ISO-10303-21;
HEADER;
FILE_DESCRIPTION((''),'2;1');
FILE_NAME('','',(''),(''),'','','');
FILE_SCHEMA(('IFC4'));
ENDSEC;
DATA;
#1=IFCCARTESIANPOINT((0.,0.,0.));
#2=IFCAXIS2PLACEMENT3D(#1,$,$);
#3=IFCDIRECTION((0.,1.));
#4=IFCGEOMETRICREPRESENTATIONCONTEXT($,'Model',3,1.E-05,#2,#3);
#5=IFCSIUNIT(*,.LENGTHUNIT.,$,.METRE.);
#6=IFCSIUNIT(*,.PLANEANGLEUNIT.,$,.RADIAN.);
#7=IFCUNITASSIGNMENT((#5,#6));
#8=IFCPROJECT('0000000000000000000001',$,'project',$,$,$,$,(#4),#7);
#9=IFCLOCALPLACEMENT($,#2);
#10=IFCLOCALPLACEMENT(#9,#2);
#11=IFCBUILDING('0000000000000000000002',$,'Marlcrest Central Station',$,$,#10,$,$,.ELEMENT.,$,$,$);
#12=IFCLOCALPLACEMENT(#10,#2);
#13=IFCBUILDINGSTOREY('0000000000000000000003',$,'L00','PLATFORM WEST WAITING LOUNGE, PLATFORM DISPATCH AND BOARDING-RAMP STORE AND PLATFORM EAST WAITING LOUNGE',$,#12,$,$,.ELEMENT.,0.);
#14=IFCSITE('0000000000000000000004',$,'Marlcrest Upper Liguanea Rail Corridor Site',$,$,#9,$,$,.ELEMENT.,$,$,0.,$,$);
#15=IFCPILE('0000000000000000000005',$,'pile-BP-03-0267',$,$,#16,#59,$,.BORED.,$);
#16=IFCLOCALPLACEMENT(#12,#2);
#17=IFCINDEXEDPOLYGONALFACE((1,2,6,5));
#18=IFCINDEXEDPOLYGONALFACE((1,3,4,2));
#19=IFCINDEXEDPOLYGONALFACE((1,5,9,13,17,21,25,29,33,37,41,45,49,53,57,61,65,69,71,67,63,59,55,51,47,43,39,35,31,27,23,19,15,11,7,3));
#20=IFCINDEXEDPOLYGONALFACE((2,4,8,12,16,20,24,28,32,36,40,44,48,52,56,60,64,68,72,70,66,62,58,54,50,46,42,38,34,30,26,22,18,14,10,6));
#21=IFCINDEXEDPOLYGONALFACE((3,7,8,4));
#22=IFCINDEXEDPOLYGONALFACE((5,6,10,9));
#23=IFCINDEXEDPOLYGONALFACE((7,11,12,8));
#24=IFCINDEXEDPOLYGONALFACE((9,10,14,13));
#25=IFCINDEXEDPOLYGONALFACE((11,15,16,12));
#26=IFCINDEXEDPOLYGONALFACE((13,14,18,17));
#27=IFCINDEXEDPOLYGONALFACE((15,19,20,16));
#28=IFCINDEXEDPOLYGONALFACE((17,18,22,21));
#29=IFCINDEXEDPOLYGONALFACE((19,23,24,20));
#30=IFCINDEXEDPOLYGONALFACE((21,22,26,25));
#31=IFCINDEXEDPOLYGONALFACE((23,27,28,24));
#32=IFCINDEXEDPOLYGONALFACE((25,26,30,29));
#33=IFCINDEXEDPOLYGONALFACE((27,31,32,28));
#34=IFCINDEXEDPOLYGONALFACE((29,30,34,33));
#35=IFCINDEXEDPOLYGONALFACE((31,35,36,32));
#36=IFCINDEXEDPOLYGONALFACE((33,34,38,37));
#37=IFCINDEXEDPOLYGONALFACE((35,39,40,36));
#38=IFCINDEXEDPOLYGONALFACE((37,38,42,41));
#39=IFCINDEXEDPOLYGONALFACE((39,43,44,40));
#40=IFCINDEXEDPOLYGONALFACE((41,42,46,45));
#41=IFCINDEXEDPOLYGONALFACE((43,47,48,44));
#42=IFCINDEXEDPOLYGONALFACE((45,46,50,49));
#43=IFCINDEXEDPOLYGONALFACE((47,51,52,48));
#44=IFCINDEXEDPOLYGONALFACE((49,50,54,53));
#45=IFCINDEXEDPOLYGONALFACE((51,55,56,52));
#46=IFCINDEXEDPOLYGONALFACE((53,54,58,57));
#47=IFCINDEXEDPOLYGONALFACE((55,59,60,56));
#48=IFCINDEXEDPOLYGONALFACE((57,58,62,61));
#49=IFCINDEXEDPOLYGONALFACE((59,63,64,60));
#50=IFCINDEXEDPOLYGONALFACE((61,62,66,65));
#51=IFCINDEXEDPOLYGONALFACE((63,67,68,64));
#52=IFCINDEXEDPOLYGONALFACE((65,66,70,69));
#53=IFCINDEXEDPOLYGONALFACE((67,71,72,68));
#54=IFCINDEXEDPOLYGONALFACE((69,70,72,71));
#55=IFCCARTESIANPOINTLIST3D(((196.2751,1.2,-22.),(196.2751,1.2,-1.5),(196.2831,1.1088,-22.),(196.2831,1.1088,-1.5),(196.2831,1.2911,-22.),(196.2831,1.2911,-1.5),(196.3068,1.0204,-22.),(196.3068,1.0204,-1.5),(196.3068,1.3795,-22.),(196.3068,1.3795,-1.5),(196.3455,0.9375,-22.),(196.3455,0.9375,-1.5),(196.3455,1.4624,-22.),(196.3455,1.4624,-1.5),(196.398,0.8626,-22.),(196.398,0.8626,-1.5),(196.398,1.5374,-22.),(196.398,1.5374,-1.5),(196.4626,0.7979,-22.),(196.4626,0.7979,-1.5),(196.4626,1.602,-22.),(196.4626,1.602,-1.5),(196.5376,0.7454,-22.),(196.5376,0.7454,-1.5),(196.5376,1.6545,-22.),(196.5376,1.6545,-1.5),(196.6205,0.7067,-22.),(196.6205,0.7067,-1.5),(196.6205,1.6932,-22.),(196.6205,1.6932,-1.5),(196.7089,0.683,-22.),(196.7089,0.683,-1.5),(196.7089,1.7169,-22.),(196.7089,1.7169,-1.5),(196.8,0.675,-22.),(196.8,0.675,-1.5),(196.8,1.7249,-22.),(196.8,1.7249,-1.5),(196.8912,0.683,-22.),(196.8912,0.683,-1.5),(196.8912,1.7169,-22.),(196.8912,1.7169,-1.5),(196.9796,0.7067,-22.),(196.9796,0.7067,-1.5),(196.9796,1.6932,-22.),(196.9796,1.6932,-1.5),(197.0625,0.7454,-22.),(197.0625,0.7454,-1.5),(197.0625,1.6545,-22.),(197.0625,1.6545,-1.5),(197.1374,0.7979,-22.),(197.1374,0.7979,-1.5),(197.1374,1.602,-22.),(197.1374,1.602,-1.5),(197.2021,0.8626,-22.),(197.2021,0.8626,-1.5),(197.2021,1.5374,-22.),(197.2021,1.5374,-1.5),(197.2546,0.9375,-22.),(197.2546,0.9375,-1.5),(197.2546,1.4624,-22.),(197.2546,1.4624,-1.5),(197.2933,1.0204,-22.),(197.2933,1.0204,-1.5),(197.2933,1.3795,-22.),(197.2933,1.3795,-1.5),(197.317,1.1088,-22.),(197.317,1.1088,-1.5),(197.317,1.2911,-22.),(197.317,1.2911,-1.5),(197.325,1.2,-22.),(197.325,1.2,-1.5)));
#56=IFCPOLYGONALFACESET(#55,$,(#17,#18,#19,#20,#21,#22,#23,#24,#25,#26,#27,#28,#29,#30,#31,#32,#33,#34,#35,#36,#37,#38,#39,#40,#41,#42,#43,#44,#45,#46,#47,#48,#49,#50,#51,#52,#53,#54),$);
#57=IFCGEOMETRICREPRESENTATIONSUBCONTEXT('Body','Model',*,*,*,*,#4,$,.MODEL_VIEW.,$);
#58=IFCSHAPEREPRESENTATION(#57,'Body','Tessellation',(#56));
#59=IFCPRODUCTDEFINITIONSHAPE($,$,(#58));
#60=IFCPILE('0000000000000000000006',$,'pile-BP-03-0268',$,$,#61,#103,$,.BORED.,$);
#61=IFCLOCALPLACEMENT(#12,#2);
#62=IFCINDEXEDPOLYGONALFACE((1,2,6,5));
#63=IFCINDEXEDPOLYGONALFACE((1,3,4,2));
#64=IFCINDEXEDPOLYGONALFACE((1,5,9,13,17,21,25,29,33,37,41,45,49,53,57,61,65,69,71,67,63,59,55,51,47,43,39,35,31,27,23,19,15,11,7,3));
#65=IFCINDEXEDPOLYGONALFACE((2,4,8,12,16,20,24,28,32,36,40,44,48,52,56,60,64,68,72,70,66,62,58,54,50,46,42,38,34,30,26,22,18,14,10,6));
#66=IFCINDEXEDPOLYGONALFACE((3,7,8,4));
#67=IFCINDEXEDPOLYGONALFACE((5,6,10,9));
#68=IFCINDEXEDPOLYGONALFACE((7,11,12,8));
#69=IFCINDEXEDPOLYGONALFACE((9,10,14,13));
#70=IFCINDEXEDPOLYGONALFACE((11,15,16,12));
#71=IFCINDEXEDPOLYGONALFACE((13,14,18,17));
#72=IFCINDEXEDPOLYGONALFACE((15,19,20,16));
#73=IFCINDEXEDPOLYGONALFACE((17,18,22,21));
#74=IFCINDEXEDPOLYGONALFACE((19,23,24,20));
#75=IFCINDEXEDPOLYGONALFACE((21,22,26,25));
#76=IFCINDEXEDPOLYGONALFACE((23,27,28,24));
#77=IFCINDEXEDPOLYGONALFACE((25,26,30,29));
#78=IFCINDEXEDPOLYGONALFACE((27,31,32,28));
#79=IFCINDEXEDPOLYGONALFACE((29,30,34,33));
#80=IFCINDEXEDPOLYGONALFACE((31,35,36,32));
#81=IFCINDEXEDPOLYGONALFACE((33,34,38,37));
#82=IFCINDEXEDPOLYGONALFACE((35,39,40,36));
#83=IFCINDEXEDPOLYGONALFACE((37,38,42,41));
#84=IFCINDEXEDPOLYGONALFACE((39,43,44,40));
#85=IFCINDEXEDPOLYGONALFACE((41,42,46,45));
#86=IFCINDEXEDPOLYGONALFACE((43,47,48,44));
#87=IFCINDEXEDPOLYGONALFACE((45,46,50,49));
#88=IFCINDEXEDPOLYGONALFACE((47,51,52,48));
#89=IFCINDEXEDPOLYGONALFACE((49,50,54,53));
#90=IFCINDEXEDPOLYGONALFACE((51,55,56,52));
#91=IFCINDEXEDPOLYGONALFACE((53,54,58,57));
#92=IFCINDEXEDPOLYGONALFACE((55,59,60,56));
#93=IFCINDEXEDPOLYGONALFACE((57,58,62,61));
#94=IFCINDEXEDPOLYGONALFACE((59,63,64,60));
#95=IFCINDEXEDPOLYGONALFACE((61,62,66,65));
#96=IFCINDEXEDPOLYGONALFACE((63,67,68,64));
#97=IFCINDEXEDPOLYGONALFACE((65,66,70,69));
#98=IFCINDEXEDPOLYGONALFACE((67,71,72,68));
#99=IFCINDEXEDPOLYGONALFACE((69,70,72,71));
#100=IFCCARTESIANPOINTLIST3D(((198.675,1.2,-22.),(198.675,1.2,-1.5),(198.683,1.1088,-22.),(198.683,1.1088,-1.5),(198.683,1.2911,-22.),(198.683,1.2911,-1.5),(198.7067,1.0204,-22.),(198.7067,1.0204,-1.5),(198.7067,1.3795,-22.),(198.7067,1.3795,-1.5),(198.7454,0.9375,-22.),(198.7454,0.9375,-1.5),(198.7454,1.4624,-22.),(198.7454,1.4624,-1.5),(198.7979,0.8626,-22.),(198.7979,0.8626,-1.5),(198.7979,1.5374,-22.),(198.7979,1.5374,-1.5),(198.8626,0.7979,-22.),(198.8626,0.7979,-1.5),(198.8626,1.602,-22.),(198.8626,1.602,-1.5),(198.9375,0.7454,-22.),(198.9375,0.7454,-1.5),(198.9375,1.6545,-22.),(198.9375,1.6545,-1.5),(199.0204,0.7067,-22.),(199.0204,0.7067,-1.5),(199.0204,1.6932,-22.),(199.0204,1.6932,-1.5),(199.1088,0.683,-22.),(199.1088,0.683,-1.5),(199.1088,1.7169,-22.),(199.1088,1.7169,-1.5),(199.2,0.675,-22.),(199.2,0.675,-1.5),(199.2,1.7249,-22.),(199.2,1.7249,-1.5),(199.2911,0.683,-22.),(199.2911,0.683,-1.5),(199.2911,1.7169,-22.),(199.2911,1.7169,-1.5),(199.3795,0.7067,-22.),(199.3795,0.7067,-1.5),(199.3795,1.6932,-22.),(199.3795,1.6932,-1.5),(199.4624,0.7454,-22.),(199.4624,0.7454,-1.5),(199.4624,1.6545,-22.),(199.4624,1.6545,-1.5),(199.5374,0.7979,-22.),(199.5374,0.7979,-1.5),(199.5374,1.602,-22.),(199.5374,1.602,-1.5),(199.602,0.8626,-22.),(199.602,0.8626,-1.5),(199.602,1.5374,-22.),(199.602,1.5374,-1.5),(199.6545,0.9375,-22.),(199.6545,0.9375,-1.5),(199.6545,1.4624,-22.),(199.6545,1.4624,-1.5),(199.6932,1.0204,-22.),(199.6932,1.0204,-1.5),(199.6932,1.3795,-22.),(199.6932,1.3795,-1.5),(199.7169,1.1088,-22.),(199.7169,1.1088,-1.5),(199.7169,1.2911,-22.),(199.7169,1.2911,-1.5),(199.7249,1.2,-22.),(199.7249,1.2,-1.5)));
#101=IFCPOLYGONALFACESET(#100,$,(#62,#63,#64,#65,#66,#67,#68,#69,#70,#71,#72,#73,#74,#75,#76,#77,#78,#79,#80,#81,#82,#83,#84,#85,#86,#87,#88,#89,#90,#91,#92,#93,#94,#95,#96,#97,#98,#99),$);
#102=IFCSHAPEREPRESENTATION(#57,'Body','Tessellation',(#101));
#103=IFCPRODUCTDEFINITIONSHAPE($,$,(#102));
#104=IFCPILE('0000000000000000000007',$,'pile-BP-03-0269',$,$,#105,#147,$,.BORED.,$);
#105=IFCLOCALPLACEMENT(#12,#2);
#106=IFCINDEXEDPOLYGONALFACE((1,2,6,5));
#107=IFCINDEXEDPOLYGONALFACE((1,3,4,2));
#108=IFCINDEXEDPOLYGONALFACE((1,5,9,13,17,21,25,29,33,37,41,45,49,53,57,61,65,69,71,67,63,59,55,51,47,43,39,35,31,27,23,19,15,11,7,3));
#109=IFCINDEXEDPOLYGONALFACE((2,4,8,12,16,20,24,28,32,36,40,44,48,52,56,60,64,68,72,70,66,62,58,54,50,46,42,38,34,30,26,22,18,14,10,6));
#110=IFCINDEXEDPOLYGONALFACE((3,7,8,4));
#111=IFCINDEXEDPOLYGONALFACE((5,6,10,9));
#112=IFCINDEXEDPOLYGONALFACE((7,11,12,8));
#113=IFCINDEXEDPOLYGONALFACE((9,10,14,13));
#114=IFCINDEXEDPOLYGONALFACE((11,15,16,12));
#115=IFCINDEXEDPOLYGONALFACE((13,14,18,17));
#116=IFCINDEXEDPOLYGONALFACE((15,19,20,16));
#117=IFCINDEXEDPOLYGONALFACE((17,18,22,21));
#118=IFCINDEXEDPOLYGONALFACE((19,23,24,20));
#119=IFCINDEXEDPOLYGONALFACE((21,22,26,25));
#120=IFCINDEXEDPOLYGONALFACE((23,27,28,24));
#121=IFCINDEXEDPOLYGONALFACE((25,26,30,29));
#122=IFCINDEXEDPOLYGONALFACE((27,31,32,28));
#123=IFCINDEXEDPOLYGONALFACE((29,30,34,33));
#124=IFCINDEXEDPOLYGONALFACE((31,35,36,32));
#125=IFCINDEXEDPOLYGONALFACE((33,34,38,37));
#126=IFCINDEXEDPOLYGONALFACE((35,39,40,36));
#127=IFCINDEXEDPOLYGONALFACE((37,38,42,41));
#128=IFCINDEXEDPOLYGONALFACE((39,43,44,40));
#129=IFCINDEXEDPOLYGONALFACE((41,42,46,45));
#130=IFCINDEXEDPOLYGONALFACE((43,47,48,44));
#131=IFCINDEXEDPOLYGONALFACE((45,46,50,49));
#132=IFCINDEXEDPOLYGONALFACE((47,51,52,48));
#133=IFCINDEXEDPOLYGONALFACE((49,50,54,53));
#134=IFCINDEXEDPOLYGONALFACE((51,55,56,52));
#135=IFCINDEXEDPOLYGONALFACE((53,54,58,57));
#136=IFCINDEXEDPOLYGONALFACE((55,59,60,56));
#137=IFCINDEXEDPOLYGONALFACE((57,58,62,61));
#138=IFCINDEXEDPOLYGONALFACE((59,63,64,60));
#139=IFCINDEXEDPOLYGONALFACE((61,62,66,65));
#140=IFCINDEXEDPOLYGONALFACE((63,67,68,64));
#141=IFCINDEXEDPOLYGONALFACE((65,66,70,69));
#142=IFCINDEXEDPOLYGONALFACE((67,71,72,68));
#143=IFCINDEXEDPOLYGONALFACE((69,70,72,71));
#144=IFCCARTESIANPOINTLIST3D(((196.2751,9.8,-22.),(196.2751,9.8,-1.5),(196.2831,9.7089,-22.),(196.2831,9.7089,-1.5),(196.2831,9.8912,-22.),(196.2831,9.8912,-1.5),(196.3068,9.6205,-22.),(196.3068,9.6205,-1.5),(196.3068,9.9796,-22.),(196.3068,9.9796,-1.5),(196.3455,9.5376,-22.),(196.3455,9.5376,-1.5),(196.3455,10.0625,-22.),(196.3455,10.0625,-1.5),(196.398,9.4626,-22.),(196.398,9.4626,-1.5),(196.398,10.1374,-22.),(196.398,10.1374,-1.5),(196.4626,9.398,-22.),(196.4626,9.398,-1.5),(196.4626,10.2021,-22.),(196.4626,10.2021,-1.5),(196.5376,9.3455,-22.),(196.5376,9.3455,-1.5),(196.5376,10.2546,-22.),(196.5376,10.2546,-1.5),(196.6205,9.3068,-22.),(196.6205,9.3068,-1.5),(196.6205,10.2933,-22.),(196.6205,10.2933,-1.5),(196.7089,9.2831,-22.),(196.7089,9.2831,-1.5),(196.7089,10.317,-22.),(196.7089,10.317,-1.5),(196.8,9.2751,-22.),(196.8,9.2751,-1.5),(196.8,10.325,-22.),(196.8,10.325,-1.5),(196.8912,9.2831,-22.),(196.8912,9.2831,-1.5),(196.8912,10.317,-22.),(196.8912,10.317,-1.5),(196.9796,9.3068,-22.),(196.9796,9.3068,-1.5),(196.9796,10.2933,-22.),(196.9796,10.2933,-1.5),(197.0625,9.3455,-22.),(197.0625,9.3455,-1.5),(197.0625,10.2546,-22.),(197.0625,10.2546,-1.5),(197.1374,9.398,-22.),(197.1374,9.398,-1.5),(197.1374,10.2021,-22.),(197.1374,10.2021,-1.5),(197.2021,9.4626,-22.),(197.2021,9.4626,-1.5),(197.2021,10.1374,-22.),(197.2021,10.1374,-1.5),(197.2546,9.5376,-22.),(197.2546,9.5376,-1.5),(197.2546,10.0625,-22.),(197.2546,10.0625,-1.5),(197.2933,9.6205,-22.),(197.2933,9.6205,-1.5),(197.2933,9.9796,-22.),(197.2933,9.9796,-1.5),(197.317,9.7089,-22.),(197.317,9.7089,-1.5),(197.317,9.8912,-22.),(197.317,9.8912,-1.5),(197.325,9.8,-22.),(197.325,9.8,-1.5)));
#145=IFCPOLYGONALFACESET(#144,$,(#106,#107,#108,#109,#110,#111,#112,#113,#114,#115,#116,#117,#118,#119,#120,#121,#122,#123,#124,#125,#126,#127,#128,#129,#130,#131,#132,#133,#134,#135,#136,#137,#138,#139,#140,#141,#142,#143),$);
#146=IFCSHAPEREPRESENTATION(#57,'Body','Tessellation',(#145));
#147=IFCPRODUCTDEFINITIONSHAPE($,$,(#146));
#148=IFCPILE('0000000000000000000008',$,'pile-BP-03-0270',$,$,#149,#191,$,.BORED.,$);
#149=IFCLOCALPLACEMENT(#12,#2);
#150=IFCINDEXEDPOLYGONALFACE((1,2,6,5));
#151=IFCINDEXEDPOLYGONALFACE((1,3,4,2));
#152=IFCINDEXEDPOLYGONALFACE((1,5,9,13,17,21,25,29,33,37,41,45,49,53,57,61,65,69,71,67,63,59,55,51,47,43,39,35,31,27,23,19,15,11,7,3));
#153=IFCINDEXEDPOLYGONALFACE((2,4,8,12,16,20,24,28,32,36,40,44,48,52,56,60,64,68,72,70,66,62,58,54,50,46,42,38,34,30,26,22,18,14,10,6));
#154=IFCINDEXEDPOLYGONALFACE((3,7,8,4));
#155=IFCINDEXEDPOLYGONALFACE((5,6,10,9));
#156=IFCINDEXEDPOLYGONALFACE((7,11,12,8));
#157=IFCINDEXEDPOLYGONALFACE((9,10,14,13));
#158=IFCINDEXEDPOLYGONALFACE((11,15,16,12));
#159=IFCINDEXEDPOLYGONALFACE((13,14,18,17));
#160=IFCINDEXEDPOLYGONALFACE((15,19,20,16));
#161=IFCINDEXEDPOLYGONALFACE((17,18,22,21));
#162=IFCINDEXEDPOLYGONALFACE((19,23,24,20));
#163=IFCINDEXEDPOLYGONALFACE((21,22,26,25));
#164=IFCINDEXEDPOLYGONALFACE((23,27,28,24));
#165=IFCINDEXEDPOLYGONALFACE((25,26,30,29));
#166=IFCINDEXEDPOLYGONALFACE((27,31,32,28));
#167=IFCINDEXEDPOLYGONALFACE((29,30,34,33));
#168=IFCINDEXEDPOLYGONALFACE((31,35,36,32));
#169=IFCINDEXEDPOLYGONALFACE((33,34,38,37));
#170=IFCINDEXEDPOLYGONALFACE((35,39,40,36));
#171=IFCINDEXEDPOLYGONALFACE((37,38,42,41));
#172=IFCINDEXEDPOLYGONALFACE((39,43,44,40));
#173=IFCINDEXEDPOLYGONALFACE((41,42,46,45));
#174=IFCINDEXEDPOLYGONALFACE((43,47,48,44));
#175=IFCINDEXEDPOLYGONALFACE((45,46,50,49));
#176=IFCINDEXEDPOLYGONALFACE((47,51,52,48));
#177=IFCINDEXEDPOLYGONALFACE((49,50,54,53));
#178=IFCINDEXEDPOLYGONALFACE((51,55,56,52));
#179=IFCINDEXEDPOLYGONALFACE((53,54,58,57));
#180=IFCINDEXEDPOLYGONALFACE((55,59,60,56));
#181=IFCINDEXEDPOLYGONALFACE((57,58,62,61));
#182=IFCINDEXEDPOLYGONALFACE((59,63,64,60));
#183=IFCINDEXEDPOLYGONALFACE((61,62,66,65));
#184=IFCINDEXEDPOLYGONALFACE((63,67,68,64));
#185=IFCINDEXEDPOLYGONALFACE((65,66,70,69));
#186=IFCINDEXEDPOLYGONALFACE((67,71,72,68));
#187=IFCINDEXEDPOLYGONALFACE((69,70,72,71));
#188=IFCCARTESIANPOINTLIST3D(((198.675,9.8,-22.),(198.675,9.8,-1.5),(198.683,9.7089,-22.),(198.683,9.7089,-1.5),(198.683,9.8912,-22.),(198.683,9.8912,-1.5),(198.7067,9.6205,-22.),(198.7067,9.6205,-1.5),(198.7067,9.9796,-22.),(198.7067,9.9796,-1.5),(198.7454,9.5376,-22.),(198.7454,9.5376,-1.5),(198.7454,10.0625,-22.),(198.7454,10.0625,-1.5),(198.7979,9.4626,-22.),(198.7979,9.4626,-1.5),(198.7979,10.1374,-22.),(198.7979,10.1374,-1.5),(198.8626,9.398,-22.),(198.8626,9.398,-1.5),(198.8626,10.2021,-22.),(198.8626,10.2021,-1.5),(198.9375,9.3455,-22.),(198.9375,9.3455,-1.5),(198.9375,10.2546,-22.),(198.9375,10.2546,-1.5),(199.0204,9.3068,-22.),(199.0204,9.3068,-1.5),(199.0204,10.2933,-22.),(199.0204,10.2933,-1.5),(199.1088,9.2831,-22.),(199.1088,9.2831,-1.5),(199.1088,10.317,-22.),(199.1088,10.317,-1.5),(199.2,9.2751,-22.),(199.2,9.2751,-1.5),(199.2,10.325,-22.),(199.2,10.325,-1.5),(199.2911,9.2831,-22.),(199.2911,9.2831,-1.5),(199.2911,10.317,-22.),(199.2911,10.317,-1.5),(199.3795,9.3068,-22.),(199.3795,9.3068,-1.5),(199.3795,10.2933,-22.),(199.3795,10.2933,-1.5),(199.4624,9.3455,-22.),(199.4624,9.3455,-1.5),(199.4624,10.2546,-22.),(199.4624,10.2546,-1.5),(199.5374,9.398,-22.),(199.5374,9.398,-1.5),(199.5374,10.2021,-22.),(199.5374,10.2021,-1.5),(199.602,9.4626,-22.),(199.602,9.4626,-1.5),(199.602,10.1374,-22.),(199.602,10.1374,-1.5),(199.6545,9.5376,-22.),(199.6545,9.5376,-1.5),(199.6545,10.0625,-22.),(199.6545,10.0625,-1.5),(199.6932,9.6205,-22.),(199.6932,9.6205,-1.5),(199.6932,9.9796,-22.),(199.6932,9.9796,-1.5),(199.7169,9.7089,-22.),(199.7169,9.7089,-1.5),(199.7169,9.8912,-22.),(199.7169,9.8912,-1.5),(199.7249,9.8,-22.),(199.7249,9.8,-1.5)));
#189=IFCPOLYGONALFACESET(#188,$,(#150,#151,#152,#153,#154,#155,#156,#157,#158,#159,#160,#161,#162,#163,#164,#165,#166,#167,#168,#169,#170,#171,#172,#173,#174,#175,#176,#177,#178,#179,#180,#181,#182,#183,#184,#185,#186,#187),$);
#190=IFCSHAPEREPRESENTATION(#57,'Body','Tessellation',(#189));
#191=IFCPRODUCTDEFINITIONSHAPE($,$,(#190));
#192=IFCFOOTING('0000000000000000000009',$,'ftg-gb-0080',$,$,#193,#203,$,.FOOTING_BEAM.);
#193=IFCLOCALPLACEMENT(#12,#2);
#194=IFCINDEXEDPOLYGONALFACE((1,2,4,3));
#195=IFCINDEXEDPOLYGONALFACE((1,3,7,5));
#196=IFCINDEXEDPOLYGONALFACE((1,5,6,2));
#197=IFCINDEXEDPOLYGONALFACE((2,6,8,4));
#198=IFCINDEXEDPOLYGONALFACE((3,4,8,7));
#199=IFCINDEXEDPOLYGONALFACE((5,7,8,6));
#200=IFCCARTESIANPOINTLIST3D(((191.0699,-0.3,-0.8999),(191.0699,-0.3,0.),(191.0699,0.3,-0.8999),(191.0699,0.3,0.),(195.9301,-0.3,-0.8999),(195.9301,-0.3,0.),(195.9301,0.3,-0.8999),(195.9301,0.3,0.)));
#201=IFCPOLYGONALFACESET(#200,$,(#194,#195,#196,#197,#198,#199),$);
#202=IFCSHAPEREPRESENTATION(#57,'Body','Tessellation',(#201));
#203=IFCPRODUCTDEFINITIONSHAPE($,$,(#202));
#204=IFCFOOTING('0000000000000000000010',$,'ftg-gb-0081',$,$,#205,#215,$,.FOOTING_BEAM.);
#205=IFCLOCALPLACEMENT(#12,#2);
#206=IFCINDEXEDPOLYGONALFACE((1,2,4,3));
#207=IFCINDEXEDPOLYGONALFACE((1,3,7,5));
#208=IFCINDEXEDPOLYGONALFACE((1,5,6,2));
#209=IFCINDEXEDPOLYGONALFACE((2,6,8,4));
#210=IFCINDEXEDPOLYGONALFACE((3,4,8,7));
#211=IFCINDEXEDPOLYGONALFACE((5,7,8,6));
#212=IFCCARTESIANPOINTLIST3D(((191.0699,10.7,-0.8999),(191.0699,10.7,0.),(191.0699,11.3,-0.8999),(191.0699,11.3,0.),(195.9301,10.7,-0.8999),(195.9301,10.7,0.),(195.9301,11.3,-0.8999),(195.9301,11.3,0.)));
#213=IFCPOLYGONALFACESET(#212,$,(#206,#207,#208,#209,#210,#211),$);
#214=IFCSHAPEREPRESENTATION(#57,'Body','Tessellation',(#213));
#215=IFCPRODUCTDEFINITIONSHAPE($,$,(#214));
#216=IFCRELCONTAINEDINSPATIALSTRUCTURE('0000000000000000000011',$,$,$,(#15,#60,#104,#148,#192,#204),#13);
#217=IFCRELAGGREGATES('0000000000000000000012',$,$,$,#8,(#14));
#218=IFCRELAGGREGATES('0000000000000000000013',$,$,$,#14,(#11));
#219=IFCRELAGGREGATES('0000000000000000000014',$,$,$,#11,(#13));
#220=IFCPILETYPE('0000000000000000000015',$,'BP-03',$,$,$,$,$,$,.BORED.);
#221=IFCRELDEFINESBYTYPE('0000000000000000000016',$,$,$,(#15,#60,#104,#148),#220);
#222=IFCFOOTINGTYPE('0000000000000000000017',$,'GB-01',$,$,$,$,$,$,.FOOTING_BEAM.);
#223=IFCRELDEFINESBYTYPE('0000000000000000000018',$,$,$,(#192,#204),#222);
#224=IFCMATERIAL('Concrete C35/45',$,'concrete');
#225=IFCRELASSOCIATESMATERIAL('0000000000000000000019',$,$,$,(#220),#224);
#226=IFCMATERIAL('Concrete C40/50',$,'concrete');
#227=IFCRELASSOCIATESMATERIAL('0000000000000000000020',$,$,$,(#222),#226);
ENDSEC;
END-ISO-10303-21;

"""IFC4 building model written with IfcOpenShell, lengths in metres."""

from ifc_helpers import new_model, si_unit, direction, frame, origin, origin_2d, place, context, subcontext, project, spatial, rectangle, circle, extrude, material, material_profile, profile_set, type_object, element, save


model = new_model("IFC4")

# Units and contexts
model_context = context("Model", 3, precision=1e-05, world=origin(), true_north=direction((0.0, 1.0)))
body_context = subcontext(model_context, "Body", "Model", "MODEL_VIEW")
ifc_project = project(units=[si_unit("LENGTHUNIT", "METRE"), si_unit("PLANEANGLEUNIT", "RADIAN")], contexts=[model_context])

# Site, building, storey
site_placement = place(None, origin())
site = spatial("IfcSite", under=ifc_project, at=site_placement, Name="Marlcrest Upper Liguanea Rail Corridor Site", CompositionType="ELEMENT", RefElevation=0.0)
building_placement = place(site_placement, origin())
building = spatial("IfcBuilding", under=site, at=building_placement, Name="Marlcrest Central Station", CompositionType="ELEMENT")
storey_placement = place(building_placement, origin())
storey = spatial("IfcBuildingStorey", under=building, at=storey_placement, Name="L00", Description="PLATFORM WEST WAITING LOUNGE, PLATFORM DISPATCH AND BOARDING-RAMP STORE AND PLATFORM EAST WAITING LOUNGE", CompositionType="ELEMENT", Elevation=0.0)

# Piles
ifc_material_1 = material(Name="Concrete C35/45", Category="concrete")
ifc_material_profile_1 = material_profile(ifc_material_1, circle(Radius=0.5249, at=origin_2d()), Name="PILE D1050")
ifc_profile_set_1 = profile_set([ifc_material_profile_1], Name="Concrete C35/45")
pile_type_1 = type_object("IfcPileType", Name="BP-03", PredefinedType="BORED", material=ifc_profile_set_1)
for number, where, z_axis, x_axis, name in (
    (1, (196.8, 1.2, -1.5), (0.0, 0.0, -1.0), (1.0, 0.0, 0.0), "pile-BP-03-0267"),
    (2, (199.2, 1.2, -1.5), (0.0, 0.0, -1.0), (1.0, 0.0, 0.0), "pile-BP-03-0268"),
    (3, (196.8, 9.8, -1.5), (0.0, 0.0, -1.0), (1.0, 0.0, 0.0), "pile-BP-03-0269"),
    (4, (199.2, 9.8, -1.5), (0.0, 0.0, -1.0), (1.0, 0.0, 0.0), "pile-BP-03-0270"),
):
    element("IfcPile", number, at=place(storey_placement, frame(where, z_axis=z_axis, x_axis=x_axis)), inside=storey, type_object=pile_type_1, Name=name, PredefinedType="BORED", context=body_context, shape_type="SweptSolid", body=[
        extrude(circle(Radius=0.5249, at=origin_2d()), origin(), (0.0, 0.0, 1.0), 20.5),
    ])

# Footings
ifc_material_2 = material(Name="Concrete C40/50", Category="concrete")
footing_type_1 = type_object("IfcFootingType", Name="GB-01", PredefinedType="FOOTING_BEAM", material=ifc_material_2)
for number, where, z_axis, x_axis, name in (
    (5, (193.5, 0.0, -0.8999), (0.0, 0.0, 1.0), (1.0, 0.0, 0.0), "ftg-gb-0080"),
    (6, (193.5, 11.0, -0.8999), (0.0, 0.0, 1.0), (1.0, 0.0, 0.0), "ftg-gb-0081"),
):
    element("IfcFooting", number, at=place(storey_placement, frame(where, z_axis=z_axis, x_axis=x_axis)), inside=storey, type_object=footing_type_1, Name=name, PredefinedType="FOOTING_BEAM", context=body_context, shape_type="SweptSolid", body=[
        extrude(rectangle(XDim=4.8601, YDim=0.6001, at=origin_2d()), origin(), (0.0, 0.0, 1.0), 0.8999),
    ])

save(model, "model.ifc")
